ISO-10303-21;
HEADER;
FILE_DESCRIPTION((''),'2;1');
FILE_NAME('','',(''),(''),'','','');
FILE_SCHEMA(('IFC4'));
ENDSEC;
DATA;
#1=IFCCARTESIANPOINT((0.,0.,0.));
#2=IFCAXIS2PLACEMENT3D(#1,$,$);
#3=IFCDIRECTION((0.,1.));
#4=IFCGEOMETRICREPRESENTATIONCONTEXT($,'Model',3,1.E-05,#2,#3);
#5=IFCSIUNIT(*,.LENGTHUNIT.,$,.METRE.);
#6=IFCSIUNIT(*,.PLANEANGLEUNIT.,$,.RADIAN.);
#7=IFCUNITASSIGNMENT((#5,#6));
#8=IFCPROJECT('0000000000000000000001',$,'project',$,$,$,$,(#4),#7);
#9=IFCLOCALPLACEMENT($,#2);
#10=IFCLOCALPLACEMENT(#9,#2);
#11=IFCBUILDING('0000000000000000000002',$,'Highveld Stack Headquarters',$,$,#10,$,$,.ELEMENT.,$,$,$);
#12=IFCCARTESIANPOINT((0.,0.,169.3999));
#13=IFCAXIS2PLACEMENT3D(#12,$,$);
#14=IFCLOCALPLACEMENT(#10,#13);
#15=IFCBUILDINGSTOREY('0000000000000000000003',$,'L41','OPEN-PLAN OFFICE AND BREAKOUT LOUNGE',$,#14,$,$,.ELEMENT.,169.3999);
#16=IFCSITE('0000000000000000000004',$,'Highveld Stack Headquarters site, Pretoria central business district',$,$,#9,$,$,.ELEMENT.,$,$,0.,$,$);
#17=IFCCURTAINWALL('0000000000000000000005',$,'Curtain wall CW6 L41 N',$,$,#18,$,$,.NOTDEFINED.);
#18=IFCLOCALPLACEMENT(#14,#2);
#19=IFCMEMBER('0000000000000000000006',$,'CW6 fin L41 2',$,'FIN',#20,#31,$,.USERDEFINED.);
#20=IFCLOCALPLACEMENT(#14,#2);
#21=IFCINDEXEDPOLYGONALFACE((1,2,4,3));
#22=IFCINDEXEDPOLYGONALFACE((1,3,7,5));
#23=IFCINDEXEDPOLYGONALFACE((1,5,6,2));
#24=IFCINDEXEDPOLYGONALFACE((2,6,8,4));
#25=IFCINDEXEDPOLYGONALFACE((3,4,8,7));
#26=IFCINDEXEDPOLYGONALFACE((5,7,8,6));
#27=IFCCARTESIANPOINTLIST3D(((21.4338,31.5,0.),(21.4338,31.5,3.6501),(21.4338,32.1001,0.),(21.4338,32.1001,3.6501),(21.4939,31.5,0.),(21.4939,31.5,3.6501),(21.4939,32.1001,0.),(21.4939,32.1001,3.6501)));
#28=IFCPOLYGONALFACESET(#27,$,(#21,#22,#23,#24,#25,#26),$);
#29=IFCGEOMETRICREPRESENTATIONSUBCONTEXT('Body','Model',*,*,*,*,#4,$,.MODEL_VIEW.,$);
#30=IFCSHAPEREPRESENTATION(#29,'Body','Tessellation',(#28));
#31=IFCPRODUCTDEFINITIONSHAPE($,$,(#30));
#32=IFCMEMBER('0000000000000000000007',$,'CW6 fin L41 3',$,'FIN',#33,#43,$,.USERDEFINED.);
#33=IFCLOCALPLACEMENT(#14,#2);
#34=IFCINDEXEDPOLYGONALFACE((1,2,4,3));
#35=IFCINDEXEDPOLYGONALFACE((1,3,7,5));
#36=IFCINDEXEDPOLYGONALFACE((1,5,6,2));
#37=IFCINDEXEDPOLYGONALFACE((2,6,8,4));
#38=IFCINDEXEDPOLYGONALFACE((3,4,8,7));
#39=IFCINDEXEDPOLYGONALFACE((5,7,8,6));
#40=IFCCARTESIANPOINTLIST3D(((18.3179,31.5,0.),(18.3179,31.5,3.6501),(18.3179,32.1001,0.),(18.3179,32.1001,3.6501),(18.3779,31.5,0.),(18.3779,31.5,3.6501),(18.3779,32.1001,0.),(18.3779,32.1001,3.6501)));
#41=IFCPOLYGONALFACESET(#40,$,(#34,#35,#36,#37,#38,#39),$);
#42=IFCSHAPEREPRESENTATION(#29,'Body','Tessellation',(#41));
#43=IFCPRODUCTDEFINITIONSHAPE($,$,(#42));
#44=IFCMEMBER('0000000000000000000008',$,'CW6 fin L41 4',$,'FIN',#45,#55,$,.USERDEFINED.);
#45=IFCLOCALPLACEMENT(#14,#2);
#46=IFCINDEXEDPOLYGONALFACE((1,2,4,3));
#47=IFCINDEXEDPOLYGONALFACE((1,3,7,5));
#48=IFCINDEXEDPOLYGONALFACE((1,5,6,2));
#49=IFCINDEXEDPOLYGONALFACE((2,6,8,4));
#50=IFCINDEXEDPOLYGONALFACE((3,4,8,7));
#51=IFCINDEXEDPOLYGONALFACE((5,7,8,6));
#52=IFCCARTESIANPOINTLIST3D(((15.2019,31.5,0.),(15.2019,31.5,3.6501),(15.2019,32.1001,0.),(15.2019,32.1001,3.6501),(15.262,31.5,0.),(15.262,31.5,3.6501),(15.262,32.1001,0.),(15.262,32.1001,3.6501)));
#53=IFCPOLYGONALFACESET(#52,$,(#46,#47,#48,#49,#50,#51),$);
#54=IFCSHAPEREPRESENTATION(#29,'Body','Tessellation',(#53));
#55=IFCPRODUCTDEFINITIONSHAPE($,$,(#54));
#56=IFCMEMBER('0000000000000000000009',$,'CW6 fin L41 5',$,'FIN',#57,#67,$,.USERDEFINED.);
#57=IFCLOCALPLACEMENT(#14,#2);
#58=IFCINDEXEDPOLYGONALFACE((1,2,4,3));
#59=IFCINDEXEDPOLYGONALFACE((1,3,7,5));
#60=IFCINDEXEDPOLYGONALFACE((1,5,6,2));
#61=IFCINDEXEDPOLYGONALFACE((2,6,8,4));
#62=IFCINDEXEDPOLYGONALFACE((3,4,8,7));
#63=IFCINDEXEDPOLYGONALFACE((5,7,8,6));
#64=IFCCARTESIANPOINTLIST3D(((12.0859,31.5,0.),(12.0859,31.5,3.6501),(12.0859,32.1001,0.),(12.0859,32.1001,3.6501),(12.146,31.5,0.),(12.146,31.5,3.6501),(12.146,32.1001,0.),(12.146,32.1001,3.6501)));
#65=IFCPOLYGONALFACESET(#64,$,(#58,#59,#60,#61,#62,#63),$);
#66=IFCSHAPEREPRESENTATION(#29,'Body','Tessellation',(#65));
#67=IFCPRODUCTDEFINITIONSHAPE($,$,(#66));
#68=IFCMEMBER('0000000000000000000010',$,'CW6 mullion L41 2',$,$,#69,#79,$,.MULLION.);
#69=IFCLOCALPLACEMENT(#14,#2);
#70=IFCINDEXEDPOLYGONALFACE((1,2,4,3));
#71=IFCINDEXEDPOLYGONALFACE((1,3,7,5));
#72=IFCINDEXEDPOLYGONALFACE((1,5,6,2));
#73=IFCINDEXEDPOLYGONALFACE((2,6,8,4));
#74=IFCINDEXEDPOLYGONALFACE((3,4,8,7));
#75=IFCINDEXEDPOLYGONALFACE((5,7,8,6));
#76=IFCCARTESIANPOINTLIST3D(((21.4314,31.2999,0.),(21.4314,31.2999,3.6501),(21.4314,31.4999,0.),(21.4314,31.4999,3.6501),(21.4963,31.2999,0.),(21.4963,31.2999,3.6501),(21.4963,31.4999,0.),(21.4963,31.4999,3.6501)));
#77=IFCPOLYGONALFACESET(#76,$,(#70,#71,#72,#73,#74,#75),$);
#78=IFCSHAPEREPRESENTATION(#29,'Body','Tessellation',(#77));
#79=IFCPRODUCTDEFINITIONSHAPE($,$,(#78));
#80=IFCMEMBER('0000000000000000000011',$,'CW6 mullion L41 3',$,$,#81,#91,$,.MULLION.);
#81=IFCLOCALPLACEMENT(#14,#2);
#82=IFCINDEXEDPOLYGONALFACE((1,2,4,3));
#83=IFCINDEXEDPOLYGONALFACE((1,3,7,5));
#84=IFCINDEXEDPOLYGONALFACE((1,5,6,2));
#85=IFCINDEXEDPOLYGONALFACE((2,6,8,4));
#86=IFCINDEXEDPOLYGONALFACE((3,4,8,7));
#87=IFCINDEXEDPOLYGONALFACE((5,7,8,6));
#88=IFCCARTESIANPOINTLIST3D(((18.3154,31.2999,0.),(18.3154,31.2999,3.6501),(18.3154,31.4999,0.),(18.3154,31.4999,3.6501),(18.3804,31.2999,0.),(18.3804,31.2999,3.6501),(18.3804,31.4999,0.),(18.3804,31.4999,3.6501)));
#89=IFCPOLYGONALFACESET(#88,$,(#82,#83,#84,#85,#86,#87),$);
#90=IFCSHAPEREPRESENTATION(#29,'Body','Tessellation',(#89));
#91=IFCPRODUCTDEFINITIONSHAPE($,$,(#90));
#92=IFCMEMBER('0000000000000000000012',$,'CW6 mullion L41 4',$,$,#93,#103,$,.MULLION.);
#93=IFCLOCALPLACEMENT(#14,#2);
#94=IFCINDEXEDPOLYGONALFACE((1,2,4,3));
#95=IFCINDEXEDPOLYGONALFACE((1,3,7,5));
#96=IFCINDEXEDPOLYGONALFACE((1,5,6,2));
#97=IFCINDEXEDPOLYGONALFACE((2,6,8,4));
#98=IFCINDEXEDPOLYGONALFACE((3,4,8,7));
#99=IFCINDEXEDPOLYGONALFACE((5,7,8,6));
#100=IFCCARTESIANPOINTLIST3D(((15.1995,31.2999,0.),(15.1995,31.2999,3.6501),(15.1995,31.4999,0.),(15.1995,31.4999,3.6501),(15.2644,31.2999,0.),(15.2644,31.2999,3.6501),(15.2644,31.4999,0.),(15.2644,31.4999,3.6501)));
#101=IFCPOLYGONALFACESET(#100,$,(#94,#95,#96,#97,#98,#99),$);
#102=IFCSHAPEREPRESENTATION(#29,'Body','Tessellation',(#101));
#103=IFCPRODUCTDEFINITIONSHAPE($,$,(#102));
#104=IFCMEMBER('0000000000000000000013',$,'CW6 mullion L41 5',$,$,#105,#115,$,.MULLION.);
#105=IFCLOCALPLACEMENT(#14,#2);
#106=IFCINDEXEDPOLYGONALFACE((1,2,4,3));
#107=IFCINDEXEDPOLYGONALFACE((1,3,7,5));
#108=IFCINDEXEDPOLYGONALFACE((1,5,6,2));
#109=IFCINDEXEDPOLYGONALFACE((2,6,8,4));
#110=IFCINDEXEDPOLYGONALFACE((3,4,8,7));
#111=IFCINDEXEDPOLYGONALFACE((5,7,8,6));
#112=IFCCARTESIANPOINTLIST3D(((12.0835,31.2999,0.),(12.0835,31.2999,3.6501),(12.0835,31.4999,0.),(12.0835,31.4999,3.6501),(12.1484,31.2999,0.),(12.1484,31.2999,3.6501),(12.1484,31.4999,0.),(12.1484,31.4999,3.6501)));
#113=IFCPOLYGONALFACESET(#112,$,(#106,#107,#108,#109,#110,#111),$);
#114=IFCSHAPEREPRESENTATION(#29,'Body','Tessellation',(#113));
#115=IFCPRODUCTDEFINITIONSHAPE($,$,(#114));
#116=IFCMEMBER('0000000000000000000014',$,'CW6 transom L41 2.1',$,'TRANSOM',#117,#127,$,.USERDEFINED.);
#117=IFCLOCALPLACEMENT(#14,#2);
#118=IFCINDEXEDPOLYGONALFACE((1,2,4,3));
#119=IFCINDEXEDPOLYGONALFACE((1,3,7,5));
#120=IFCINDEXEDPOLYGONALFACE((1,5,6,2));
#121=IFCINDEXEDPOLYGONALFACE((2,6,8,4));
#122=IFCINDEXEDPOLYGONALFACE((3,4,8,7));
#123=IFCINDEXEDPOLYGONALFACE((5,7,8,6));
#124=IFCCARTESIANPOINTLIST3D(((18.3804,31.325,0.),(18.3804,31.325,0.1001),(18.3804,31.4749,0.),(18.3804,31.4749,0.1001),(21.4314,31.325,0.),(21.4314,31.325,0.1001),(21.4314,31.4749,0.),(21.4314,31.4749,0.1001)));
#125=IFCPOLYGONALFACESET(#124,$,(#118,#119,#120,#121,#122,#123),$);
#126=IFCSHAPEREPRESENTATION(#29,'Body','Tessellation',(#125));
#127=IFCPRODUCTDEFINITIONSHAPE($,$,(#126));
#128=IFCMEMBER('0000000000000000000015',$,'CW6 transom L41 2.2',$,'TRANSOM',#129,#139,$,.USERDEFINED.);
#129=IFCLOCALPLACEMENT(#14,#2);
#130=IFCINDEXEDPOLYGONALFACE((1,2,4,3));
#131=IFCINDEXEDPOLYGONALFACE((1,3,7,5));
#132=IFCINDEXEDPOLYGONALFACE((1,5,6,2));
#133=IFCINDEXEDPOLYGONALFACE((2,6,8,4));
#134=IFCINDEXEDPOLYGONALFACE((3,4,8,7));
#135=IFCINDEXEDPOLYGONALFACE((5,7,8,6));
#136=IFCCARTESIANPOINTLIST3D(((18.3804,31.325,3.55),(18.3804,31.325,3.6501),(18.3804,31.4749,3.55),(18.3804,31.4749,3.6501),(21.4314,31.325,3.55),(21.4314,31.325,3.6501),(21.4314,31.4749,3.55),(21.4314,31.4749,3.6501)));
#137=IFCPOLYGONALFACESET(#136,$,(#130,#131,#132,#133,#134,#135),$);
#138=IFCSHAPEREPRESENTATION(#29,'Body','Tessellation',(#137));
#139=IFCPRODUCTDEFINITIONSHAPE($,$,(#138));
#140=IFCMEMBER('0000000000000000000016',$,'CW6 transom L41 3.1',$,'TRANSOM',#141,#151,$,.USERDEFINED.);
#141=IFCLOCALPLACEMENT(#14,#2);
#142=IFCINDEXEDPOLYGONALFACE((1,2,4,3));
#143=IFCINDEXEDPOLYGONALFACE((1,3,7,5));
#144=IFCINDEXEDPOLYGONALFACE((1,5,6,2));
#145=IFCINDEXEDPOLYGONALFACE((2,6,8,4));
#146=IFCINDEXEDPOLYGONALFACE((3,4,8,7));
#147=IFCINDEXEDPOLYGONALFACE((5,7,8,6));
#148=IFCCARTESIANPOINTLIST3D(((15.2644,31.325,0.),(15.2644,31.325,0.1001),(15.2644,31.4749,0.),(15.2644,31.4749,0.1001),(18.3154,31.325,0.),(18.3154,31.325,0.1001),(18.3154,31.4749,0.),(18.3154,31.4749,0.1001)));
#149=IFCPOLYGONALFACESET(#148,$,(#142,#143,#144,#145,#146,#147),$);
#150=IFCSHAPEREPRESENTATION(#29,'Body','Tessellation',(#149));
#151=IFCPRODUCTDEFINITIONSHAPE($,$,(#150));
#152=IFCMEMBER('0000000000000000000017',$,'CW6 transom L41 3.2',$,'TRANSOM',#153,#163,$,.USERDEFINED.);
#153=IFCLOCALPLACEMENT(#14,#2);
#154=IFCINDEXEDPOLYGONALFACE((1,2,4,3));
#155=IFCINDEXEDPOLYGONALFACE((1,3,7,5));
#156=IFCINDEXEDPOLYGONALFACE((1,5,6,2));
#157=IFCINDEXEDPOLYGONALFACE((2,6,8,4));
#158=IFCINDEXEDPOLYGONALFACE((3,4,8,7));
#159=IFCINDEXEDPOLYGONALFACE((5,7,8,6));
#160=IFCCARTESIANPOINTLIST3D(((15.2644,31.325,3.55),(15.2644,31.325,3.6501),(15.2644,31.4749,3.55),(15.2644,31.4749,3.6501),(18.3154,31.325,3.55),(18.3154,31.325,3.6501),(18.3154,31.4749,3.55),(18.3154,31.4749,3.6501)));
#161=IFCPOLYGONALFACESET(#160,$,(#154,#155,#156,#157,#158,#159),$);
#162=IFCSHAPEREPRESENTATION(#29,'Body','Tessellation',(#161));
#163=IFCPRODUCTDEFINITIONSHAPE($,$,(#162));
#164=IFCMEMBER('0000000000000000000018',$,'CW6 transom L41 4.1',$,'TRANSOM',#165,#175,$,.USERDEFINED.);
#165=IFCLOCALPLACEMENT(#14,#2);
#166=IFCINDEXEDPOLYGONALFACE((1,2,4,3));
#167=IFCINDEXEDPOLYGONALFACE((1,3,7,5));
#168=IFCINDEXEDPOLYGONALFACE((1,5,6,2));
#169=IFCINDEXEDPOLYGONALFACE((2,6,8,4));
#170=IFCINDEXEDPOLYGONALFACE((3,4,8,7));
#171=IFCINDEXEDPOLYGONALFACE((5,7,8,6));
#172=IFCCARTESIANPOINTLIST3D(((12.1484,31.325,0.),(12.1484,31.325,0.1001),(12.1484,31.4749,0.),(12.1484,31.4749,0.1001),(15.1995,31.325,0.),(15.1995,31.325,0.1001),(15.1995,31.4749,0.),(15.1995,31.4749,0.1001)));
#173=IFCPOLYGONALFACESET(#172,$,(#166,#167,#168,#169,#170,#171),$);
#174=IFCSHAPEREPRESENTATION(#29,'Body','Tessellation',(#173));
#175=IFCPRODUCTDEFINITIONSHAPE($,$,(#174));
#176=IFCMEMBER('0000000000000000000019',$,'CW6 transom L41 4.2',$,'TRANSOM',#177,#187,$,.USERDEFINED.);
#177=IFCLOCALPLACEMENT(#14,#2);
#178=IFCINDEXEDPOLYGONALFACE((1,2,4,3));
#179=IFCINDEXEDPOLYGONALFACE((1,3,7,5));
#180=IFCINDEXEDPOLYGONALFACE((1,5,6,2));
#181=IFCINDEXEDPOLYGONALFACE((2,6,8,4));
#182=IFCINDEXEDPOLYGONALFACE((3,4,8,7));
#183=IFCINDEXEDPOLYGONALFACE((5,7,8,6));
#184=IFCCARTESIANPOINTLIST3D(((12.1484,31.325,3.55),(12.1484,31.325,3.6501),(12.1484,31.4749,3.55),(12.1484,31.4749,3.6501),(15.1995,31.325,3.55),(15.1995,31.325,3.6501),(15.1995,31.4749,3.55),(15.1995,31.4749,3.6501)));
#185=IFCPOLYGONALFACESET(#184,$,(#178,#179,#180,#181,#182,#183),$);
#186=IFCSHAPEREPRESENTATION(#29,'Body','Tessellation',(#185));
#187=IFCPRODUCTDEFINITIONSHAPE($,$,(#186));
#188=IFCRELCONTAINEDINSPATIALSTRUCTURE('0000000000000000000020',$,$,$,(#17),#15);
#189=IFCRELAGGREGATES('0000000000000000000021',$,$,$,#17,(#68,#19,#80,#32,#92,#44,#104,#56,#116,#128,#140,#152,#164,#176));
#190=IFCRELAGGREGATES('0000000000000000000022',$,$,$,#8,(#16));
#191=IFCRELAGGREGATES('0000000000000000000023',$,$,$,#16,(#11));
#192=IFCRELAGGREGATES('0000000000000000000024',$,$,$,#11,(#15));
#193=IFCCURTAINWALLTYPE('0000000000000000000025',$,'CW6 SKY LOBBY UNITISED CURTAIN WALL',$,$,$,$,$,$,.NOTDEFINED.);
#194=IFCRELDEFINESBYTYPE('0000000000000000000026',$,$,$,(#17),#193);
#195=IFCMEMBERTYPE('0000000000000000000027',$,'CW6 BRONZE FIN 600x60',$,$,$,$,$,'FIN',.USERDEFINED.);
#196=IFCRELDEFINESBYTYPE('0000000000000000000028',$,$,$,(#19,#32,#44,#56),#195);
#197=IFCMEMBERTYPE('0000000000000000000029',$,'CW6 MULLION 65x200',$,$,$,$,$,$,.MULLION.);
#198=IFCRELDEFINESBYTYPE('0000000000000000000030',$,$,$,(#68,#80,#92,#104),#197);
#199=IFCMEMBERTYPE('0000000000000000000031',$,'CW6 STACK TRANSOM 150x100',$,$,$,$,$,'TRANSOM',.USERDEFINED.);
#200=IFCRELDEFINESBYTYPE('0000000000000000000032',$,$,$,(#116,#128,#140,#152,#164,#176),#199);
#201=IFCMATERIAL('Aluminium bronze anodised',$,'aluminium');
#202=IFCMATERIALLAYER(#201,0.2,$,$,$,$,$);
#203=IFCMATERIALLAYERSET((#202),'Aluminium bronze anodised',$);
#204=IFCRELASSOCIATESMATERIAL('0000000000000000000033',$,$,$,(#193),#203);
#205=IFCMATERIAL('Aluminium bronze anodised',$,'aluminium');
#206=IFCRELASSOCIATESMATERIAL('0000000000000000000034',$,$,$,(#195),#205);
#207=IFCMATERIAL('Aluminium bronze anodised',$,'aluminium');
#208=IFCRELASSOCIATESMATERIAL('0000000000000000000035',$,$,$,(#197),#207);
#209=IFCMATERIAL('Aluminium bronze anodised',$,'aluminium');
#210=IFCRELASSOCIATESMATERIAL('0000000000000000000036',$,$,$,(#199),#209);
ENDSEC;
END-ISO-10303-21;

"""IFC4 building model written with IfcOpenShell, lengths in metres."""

from ifc_helpers import new_model, si_unit, direction, frame, origin, origin_2d, place, context, subcontext, project, spatial, rectangle, extrude, material, layer, layer_set, material_profile, profile_set, type_object, element, aggregate, save


model = new_model("IFC4")

# Units and contexts
model_context = context("Model", 3, precision=1e-05, world=origin(), true_north=direction((0.0, 1.0)))
body_context = subcontext(model_context, "Body", "Model", "MODEL_VIEW")
ifc_project = project(units=[si_unit("LENGTHUNIT", "METRE"), si_unit("PLANEANGLEUNIT", "RADIAN")], contexts=[model_context])

# Site, building, storey
site_placement = place(None, origin())
site = spatial("IfcSite", under=ifc_project, at=site_placement, Name="Highveld Stack Headquarters site, Pretoria central business district", CompositionType="ELEMENT", RefElevation=0.0)
building_placement = place(site_placement, origin())
building = spatial("IfcBuilding", under=site, at=building_placement, Name="Highveld Stack Headquarters", CompositionType="ELEMENT")
storey_placement = place(building_placement, frame((0.0, 0.0, 169.3999)))
storey = spatial("IfcBuildingStorey", under=building, at=storey_placement, Name="L41", Description="OPEN-PLAN OFFICE AND BREAKOUT LOUNGE", CompositionType="ELEMENT", Elevation=169.3999)

# Curtain wall, members
ifc_material_1 = material(Name="Aluminium bronze anodised", Category="aluminium")
ifc_layer_1 = layer(ifc_material_1, 0.2)
ifc_layer_set_1 = layer_set([ifc_layer_1], Name="Aluminium bronze anodised")
curtain_wall_type = type_object("IfcCurtainWallType", Name="CW6 SKY LOBBY UNITISED CURTAIN WALL", PredefinedType="NOTDEFINED", material=ifc_layer_set_1)
curtain_wall_placement = place(storey_placement, origin())
curtain_wall = element("IfcCurtainWall", 1, at=curtain_wall_placement, inside=storey, type_object=curtain_wall_type, Name="Curtain wall CW6 L41 N", PredefinedType="NOTDEFINED")
ifc_material_2 = material(Name="Aluminium bronze anodised", Category="aluminium")
ifc_material_profile_1 = material_profile(ifc_material_2, rectangle(XDim=0.6001, YDim=0.0601, at=origin_2d()), Name="FIN 600x60")
ifc_profile_set_1 = profile_set([ifc_material_profile_1], Name="Aluminium bronze anodised")
member_type_1 = type_object("IfcMemberType", Name="CW6 BRONZE FIN 600x60", ElementType="FIN", PredefinedType="USERDEFINED", material=ifc_profile_set_1)
member_1_placement = place(storey_placement, frame((21.4639, 31.8, 0.0), z_axis=(0.0, 0.0, 1.0), x_axis=(0.0, -1.0, 0.0)))
member_1 = element("IfcMember", 2, at=member_1_placement, type_object=member_type_1, Name="CW6 fin L41 2", ObjectType="FIN", PredefinedType="USERDEFINED", context=body_context, shape_type="SweptSolid", body=[
    extrude(rectangle(XDim=0.6001, YDim=0.0601, at=origin_2d()), origin(), (0.0, 0.0, 1.0), 3.6501),
])
member_2_placement = place(storey_placement, frame((18.3479, 31.8, 0.0), z_axis=(0.0, 0.0, 1.0), x_axis=(0.0, -1.0, 0.0)))
member_2 = element("IfcMember", 3, at=member_2_placement, type_object=member_type_1, Name="CW6 fin L41 3", ObjectType="FIN", PredefinedType="USERDEFINED", context=body_context, shape_type="SweptSolid", body=[
    extrude(rectangle(XDim=0.6001, YDim=0.0601, at=origin_2d()), origin(), (0.0, 0.0, 1.0), 3.6501),
])
member_3_placement = place(storey_placement, frame((15.2319, 31.8, 0.0), z_axis=(0.0, 0.0, 1.0), x_axis=(0.0, -1.0, 0.0)))
member_3 = element("IfcMember", 4, at=member_3_placement, type_object=member_type_1, Name="CW6 fin L41 4", ObjectType="FIN", PredefinedType="USERDEFINED", context=body_context, shape_type="SweptSolid", body=[
    extrude(rectangle(XDim=0.6001, YDim=0.0601, at=origin_2d()), origin(), (0.0, 0.0, 1.0), 3.6501),
])
member_4_placement = place(storey_placement, frame((12.116, 31.8, 0.0), z_axis=(0.0, 0.0, 1.0), x_axis=(0.0, -1.0, 0.0)))
member_4 = element("IfcMember", 5, at=member_4_placement, type_object=member_type_1, Name="CW6 fin L41 5", ObjectType="FIN", PredefinedType="USERDEFINED", context=body_context, shape_type="SweptSolid", body=[
    extrude(rectangle(XDim=0.6001, YDim=0.0601, at=origin_2d()), origin(), (0.0, 0.0, 1.0), 3.6501),
])
ifc_material_3 = material(Name="Aluminium bronze anodised", Category="aluminium")
ifc_material_profile_2 = material_profile(ifc_material_3, rectangle(XDim=0.2, YDim=0.0649, at=origin_2d()), Name="CW6 MULLION 65x200")
ifc_profile_set_2 = profile_set([ifc_material_profile_2], Name="Aluminium bronze anodised")
member_type_2 = type_object("IfcMemberType", Name="CW6 MULLION 65x200", PredefinedType="MULLION", material=ifc_profile_set_2)
member_5_placement = place(storey_placement, frame((21.4639, 31.3999, 0.0), z_axis=(0.0, 0.0, 1.0), x_axis=(0.0, -1.0, 0.0)))
member_5 = element("IfcMember", 6, at=member_5_placement, type_object=member_type_2, Name="CW6 mullion L41 2", PredefinedType="MULLION", context=body_context, shape_type="SweptSolid", body=[
    extrude(rectangle(XDim=0.2, YDim=0.0649, at=origin_2d()), origin(), (0.0, 0.0, 1.0), 3.6501),
])
member_6_placement = place(storey_placement, frame((18.3479, 31.3999, 0.0), z_axis=(0.0, 0.0, 1.0), x_axis=(0.0, -1.0, 0.0)))
member_6 = element("IfcMember", 7, at=member_6_placement, type_object=member_type_2, Name="CW6 mullion L41 3", PredefinedType="MULLION", context=body_context, shape_type="SweptSolid", body=[
    extrude(rectangle(XDim=0.2, YDim=0.0649, at=origin_2d()), origin(), (0.0, 0.0, 1.0), 3.6501),
])
member_7_placement = place(storey_placement, frame((15.2319, 31.3999, 0.0), z_axis=(0.0, 0.0, 1.0), x_axis=(0.0, -1.0, 0.0)))
member_7 = element("IfcMember", 8, at=member_7_placement, type_object=member_type_2, Name="CW6 mullion L41 4", PredefinedType="MULLION", context=body_context, shape_type="SweptSolid", body=[
    extrude(rectangle(XDim=0.2, YDim=0.0649, at=origin_2d()), origin(), (0.0, 0.0, 1.0), 3.6501),
])
member_8_placement = place(storey_placement, frame((12.116, 31.3999, 0.0), z_axis=(0.0, 0.0, 1.0), x_axis=(0.0, -1.0, 0.0)))
member_8 = element("IfcMember", 9, at=member_8_placement, type_object=member_type_2, Name="CW6 mullion L41 5", PredefinedType="MULLION", context=body_context, shape_type="SweptSolid", body=[
    extrude(rectangle(XDim=0.2, YDim=0.0649, at=origin_2d()), origin(), (0.0, 0.0, 1.0), 3.6501),
])
ifc_material_4 = material(Name="Aluminium bronze anodised", Category="aluminium")
ifc_material_profile_3 = material_profile(ifc_material_4, rectangle(XDim=0.1499, YDim=0.1001, at=origin_2d()), Name="CW6 TRANSOM 150x100")
ifc_profile_set_3 = profile_set([ifc_material_profile_3], Name="Aluminium bronze anodised")
member_type_3 = type_object("IfcMemberType", Name="CW6 STACK TRANSOM 150x100", ElementType="TRANSOM", PredefinedType="USERDEFINED", material=ifc_profile_set_3)
member_9_placement = place(storey_placement, frame((21.4314, 31.3999, 0.05), z_axis=(-1.0, 0.0, 0.0), x_axis=(0.0, -1.0, 0.0)))
member_9 = element("IfcMember", 10, at=member_9_placement, type_object=member_type_3, Name="CW6 transom L41 2.1", ObjectType="TRANSOM", PredefinedType="USERDEFINED", context=body_context, shape_type="SweptSolid", body=[
    extrude(rectangle(XDim=0.1499, YDim=0.1001, at=origin_2d()), origin(), (0.0, 0.0, 1.0), 3.051),
])
member_10_placement = place(storey_placement, frame((21.4314, 31.3999, 3.6001), z_axis=(-1.0, 0.0, 0.0), x_axis=(0.0, -1.0, 0.0)))
member_10 = element("IfcMember", 11, at=member_10_placement, type_object=member_type_3, Name="CW6 transom L41 2.2", ObjectType="TRANSOM", PredefinedType="USERDEFINED", context=body_context, shape_type="SweptSolid", body=[
    extrude(rectangle(XDim=0.1499, YDim=0.1001, at=origin_2d()), origin(), (0.0, 0.0, 1.0), 3.051),
])
member_11_placement = place(storey_placement, frame((18.3154, 31.3999, 0.05), z_axis=(-1.0, 0.0, 0.0), x_axis=(0.0, -1.0, 0.0)))
member_11 = element("IfcMember", 12, at=member_11_placement, type_object=member_type_3, Name="CW6 transom L41 3.1", ObjectType="TRANSOM", PredefinedType="USERDEFINED", context=body_context, shape_type="SweptSolid", body=[
    extrude(rectangle(XDim=0.1499, YDim=0.1001, at=origin_2d()), origin(), (0.0, 0.0, 1.0), 3.051),
])
member_12_placement = place(storey_placement, frame((18.3154, 31.3999, 3.6001), z_axis=(-1.0, 0.0, 0.0), x_axis=(0.0, -1.0, 0.0)))
member_12 = element("IfcMember", 13, at=member_12_placement, type_object=member_type_3, Name="CW6 transom L41 3.2", ObjectType="TRANSOM", PredefinedType="USERDEFINED", context=body_context, shape_type="SweptSolid", body=[
    extrude(rectangle(XDim=0.1499, YDim=0.1001, at=origin_2d()), origin(), (0.0, 0.0, 1.0), 3.051),
])
member_13_placement = place(storey_placement, frame((15.1995, 31.3999, 0.05), z_axis=(-1.0, 0.0, 0.0), x_axis=(0.0, -1.0, 0.0)))
member_13 = element("IfcMember", 14, at=member_13_placement, type_object=member_type_3, Name="CW6 transom L41 4.1", ObjectType="TRANSOM", PredefinedType="USERDEFINED", context=body_context, shape_type="SweptSolid", body=[
    extrude(rectangle(XDim=0.1499, YDim=0.1001, at=origin_2d()), origin(), (0.0, 0.0, 1.0), 3.051),
])
member_14_placement = place(storey_placement, frame((15.1995, 31.3999, 3.6001), z_axis=(-1.0, 0.0, 0.0), x_axis=(0.0, -1.0, 0.0)))
member_14 = element("IfcMember", 15, at=member_14_placement, type_object=member_type_3, Name="CW6 transom L41 4.2", ObjectType="TRANSOM", PredefinedType="USERDEFINED", context=body_context, shape_type="SweptSolid", body=[
    extrude(rectangle(XDim=0.1499, YDim=0.1001, at=origin_2d()), origin(), (0.0, 0.0, 1.0), 3.051),
])

aggregate(curtain_wall, [member_5, member_1, member_6, member_2, member_7, member_3, member_8, member_4, member_9, member_10, member_11, member_12, member_13, member_14])

save(model, "model.ifc")
